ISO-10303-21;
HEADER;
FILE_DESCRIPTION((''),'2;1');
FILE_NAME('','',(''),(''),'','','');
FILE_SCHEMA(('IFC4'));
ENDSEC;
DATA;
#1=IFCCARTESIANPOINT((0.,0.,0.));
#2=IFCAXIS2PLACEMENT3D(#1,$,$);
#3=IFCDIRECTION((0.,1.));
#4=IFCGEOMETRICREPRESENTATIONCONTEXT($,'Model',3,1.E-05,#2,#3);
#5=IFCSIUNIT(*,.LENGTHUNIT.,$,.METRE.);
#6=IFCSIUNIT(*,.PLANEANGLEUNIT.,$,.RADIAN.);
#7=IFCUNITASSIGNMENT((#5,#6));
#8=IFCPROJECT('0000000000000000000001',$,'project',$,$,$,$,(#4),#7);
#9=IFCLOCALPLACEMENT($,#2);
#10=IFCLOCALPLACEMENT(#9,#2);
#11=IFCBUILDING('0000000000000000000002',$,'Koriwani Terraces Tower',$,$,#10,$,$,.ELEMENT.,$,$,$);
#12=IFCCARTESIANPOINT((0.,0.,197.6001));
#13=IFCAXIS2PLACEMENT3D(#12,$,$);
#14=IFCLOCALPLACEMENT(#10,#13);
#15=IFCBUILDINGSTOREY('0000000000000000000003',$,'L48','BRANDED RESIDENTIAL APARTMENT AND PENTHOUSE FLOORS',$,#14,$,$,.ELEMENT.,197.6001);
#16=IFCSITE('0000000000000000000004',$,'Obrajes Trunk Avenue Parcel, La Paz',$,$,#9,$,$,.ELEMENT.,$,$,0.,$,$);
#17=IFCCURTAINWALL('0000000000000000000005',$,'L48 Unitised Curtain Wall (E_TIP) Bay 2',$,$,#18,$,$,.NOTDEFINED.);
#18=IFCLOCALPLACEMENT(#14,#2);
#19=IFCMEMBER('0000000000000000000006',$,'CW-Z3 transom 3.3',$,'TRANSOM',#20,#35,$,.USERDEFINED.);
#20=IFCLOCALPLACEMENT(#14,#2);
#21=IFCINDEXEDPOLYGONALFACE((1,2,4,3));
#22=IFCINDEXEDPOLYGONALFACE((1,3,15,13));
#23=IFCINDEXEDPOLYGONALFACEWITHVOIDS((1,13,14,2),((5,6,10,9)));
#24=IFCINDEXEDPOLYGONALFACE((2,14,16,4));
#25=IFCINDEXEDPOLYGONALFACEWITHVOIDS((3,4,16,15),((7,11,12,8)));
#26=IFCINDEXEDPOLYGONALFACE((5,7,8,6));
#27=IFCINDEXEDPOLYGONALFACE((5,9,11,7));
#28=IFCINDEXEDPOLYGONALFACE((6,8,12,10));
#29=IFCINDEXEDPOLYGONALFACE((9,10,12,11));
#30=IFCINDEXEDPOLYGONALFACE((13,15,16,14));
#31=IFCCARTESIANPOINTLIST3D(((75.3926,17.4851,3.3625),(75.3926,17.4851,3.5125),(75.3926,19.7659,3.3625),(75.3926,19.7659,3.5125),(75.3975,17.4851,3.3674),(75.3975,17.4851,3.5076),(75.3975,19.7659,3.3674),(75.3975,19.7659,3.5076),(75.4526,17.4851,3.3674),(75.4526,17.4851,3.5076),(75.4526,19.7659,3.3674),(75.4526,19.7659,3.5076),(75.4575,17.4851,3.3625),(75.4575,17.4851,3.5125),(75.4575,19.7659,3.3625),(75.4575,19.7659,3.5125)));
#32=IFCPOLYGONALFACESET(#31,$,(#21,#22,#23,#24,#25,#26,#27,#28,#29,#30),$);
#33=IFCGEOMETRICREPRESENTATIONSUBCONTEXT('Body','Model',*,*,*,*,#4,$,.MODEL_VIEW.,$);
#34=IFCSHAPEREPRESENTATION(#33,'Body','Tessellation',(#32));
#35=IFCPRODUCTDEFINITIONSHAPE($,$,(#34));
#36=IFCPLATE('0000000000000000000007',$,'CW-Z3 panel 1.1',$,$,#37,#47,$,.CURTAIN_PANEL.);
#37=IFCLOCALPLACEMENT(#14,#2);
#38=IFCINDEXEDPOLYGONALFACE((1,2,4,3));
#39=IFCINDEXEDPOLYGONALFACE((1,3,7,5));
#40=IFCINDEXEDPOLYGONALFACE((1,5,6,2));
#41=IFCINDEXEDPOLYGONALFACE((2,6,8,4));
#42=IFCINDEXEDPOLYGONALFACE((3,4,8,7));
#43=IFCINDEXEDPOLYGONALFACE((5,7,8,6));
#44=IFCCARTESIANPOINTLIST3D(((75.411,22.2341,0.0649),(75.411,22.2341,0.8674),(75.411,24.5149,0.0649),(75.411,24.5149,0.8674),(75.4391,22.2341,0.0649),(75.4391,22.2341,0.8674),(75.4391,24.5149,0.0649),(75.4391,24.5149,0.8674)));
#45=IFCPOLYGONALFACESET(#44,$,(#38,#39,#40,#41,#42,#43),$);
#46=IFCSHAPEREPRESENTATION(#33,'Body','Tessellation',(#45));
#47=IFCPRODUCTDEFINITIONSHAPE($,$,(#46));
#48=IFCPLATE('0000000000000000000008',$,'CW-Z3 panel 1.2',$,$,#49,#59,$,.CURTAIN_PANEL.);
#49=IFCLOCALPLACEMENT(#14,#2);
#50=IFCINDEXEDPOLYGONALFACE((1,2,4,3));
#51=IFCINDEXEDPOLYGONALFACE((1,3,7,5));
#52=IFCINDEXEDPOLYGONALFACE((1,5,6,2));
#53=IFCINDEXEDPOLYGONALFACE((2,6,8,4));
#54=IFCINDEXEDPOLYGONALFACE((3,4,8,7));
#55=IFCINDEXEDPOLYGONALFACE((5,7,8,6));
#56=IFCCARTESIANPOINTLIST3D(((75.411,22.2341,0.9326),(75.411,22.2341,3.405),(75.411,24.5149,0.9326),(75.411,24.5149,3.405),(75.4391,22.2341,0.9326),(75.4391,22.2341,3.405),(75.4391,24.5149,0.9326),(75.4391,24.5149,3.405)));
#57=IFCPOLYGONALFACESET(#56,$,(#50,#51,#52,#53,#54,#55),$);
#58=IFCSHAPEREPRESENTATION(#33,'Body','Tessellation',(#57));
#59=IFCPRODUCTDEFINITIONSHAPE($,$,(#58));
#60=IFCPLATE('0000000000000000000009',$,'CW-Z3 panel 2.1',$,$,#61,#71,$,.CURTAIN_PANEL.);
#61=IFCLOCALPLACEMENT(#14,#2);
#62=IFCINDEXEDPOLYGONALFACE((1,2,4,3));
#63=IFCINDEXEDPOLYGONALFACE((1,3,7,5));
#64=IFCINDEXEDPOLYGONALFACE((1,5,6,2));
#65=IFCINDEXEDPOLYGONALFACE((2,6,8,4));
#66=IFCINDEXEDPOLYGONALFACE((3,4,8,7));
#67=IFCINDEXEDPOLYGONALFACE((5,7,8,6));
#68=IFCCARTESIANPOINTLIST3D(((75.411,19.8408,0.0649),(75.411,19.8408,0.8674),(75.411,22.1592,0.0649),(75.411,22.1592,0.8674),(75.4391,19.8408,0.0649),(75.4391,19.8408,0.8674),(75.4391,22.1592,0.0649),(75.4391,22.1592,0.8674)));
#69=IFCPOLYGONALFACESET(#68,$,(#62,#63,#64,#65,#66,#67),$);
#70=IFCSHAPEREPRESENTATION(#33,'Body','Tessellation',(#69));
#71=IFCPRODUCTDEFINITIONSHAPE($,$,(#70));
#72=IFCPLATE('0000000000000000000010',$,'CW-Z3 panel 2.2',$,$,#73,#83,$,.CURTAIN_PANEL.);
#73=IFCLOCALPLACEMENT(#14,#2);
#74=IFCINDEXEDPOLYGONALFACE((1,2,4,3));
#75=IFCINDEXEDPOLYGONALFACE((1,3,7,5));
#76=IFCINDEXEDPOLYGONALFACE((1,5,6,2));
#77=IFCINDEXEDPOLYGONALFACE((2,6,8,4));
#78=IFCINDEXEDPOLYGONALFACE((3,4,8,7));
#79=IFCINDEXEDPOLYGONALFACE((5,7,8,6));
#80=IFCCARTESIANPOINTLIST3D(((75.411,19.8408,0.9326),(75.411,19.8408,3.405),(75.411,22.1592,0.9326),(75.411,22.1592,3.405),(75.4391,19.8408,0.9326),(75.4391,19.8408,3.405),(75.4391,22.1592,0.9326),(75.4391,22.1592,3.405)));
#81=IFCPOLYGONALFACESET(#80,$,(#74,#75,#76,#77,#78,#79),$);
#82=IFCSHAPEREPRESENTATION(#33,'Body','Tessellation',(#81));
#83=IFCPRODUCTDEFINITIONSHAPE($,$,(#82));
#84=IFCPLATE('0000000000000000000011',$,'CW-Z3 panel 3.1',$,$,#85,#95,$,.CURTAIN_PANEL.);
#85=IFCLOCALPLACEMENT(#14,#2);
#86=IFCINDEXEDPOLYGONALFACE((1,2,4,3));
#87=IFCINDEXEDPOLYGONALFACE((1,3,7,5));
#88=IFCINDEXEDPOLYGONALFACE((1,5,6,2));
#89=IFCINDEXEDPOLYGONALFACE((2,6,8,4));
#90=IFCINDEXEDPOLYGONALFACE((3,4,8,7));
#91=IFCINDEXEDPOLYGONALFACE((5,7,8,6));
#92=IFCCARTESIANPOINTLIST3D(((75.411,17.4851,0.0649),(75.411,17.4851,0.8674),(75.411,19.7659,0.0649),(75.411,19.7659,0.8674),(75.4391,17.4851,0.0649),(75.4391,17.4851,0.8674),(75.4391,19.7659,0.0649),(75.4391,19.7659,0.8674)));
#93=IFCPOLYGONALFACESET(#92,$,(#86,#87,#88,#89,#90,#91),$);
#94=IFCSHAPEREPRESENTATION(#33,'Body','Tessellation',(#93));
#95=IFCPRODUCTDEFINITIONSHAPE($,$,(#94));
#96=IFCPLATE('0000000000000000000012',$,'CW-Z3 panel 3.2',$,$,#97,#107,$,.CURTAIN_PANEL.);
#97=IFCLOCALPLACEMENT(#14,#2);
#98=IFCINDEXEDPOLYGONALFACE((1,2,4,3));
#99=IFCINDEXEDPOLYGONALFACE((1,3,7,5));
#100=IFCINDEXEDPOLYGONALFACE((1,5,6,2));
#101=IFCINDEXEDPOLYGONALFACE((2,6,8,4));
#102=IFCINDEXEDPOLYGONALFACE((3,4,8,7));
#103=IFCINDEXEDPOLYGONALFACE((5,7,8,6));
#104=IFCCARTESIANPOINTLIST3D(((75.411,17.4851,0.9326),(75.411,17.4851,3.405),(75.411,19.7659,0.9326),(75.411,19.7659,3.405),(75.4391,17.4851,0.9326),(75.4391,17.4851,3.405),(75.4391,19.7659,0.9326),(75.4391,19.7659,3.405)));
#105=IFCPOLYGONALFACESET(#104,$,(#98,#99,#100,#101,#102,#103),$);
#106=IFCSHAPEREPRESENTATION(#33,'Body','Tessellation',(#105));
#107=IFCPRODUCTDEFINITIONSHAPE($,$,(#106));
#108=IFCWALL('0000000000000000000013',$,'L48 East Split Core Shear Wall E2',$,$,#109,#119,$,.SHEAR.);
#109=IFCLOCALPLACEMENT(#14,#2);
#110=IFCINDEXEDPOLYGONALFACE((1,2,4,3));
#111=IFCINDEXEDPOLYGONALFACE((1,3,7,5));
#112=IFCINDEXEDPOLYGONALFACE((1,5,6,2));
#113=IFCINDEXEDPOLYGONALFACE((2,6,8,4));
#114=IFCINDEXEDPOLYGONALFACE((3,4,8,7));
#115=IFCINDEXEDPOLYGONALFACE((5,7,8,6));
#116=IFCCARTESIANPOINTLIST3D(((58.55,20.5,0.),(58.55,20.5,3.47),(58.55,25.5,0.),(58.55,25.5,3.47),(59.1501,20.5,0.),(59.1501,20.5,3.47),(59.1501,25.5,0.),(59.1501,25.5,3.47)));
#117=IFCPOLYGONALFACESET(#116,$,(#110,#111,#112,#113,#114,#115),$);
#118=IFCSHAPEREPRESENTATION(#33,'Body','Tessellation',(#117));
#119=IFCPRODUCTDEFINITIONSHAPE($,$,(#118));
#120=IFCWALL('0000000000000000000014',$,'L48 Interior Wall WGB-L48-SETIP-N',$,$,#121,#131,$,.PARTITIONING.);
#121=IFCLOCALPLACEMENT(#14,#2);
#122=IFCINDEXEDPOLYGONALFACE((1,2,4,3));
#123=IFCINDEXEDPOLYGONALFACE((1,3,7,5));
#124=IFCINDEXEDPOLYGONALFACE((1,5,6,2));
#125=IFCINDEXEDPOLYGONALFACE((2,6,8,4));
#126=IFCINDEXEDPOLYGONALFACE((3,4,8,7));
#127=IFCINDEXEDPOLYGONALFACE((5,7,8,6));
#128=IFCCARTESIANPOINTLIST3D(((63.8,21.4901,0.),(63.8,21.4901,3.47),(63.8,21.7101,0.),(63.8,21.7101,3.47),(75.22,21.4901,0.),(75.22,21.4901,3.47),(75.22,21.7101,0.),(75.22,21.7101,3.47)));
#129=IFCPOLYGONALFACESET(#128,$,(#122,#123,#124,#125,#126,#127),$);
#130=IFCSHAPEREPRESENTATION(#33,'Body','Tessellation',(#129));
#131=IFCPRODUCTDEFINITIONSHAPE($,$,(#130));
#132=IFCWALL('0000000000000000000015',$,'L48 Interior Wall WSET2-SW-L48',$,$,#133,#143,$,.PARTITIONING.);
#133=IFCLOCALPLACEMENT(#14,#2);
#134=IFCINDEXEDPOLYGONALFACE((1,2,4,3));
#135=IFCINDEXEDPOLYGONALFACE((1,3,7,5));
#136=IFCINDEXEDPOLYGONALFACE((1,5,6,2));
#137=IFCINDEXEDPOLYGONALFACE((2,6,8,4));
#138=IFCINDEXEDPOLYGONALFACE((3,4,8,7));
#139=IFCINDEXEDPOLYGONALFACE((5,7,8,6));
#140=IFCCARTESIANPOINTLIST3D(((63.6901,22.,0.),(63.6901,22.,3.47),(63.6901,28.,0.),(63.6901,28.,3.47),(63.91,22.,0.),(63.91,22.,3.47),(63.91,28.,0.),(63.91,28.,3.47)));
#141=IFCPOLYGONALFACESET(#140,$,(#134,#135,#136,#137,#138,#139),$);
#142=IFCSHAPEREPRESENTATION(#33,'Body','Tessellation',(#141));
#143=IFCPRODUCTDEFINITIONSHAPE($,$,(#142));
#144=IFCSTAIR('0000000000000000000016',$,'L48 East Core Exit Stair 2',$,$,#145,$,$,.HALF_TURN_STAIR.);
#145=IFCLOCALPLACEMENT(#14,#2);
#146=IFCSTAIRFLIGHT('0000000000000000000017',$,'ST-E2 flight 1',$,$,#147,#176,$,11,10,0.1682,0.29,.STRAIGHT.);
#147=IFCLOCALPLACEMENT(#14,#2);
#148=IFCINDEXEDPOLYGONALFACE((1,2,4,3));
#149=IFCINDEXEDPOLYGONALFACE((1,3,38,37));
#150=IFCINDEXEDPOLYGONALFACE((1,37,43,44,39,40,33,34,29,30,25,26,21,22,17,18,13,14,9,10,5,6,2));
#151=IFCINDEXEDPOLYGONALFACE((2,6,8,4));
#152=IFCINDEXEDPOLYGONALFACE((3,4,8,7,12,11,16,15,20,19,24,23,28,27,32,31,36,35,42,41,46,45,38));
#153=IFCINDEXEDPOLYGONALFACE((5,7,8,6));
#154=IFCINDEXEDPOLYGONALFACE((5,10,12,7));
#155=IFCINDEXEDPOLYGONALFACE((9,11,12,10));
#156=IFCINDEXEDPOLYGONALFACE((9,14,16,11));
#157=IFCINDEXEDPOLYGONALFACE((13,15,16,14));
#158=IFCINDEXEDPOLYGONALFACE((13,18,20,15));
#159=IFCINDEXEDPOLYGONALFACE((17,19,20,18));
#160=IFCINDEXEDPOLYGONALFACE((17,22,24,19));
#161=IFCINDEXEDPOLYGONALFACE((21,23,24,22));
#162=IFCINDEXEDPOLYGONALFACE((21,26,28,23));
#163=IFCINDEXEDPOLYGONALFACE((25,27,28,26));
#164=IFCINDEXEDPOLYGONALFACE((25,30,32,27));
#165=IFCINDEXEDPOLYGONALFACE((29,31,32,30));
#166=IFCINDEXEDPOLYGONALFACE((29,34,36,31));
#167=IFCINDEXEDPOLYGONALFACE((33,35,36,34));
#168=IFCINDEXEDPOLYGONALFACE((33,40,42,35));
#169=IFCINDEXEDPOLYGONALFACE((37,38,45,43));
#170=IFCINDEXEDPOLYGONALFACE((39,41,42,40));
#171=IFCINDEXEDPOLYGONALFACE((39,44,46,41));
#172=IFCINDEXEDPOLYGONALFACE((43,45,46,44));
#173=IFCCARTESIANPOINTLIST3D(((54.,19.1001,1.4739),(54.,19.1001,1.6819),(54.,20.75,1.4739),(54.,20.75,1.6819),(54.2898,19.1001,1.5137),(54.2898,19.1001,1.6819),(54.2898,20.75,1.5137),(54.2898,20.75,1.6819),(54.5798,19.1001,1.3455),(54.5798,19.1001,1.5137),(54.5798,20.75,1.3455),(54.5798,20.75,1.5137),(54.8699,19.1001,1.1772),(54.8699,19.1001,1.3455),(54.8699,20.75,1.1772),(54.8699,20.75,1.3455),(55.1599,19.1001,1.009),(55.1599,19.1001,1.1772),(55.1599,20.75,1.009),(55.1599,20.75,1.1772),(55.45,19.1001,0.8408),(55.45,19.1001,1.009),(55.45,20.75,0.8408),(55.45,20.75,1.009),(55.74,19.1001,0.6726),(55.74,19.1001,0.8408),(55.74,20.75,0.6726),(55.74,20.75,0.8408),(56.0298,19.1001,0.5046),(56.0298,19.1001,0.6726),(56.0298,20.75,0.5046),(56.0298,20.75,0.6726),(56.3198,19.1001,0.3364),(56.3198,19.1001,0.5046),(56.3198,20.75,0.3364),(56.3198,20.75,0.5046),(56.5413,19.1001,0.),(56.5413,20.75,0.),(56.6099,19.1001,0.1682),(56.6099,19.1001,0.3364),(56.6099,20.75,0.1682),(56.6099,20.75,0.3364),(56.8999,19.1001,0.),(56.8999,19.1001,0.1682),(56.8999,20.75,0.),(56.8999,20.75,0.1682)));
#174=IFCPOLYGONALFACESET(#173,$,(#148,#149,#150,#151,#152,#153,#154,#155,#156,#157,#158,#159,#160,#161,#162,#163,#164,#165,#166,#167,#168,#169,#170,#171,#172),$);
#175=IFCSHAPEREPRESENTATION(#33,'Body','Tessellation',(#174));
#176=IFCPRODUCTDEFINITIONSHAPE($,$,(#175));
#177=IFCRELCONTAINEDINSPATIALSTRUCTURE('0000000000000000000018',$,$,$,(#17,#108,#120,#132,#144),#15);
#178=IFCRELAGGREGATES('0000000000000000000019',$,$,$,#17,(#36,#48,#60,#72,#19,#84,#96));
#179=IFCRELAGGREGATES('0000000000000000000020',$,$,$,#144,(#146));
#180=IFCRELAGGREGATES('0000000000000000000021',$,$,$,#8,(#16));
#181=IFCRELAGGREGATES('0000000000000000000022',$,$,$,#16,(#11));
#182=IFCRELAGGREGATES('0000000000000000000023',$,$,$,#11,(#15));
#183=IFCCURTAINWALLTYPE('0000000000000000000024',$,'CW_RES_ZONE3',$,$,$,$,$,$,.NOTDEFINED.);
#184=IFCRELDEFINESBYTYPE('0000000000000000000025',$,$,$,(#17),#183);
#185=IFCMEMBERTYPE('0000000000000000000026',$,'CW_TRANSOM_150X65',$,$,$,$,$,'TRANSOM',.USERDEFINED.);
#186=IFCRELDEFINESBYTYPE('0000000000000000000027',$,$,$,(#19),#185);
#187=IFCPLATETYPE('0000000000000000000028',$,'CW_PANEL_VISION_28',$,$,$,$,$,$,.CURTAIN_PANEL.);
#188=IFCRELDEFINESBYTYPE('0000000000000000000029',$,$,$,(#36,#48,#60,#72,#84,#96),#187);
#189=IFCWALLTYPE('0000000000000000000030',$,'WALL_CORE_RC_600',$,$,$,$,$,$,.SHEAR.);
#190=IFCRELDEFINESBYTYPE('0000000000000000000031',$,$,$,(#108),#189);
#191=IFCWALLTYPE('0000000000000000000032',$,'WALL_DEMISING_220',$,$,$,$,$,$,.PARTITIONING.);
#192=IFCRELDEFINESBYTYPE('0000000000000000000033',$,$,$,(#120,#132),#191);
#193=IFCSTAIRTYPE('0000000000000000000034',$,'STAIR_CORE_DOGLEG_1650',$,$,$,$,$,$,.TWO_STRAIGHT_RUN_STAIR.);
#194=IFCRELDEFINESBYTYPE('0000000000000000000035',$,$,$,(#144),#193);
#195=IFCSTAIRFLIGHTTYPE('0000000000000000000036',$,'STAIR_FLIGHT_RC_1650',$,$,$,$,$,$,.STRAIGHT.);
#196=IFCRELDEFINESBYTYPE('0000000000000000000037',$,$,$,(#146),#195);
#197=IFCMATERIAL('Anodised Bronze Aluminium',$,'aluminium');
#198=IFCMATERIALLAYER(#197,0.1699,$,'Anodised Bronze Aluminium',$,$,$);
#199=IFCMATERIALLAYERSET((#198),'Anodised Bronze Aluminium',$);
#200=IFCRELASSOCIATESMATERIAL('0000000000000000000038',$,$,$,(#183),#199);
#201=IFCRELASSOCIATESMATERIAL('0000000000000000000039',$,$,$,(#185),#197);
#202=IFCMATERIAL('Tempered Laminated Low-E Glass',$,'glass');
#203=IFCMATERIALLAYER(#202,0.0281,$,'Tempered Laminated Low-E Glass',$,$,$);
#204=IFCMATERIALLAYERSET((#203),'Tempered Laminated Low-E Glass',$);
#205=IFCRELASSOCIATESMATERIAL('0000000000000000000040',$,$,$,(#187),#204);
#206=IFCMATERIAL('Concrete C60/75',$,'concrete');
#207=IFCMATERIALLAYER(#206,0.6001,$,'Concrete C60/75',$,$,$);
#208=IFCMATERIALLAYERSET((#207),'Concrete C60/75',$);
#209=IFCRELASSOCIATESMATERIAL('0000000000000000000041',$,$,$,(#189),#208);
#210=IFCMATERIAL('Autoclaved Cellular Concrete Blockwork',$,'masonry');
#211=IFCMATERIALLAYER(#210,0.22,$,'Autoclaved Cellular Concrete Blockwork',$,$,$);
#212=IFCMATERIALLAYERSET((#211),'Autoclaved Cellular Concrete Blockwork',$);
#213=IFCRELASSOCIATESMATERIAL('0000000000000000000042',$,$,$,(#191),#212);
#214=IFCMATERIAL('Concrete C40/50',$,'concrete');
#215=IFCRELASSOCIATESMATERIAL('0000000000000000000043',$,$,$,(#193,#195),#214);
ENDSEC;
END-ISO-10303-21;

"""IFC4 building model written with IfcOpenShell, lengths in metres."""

from ifc_helpers import new_model, si_unit, direction, frame, frame_2d, origin, origin_2d, place, context, subcontext, project, spatial, polyline, rectangle, hollow_rectangle, outline, extrude, material, layer, layer_set, material_profile, profile_set, type_object, element, aggregate, save


model = new_model("IFC4")

# Units and contexts
model_context = context("Model", 3, precision=1e-05, world=origin(), true_north=direction((0.0, 1.0)))
body_context = subcontext(model_context, "Body", "Model", "MODEL_VIEW")
ifc_project = project(units=[si_unit("LENGTHUNIT", "METRE"), si_unit("PLANEANGLEUNIT", "RADIAN")], contexts=[model_context])

# Site, building, storey
site_placement = place(None, origin())
site = spatial("IfcSite", under=ifc_project, at=site_placement, Name="Obrajes Trunk Avenue Parcel, La Paz", CompositionType="ELEMENT", RefElevation=0.0)
building_placement = place(site_placement, origin())
building = spatial("IfcBuilding", under=site, at=building_placement, Name="Koriwani Terraces Tower", CompositionType="ELEMENT")
storey_placement = place(building_placement, frame((0.0, 0.0, 197.6001)))
storey = spatial("IfcBuildingStorey", under=building, at=storey_placement, Name="L48", Description="BRANDED RESIDENTIAL APARTMENT AND PENTHOUSE FLOORS", CompositionType="ELEMENT", Elevation=197.6001)

# Curtain wall, member, plates
ifc_material_1 = material(Name="Anodised Bronze Aluminium", Category="aluminium")
ifc_layer_1 = layer(ifc_material_1, 0.1699, Name="Anodised Bronze Aluminium")
ifc_layer_set_1 = layer_set([ifc_layer_1], Name="Anodised Bronze Aluminium")
curtain_wall_type = type_object("IfcCurtainWallType", Name="CW_RES_ZONE3", PredefinedType="NOTDEFINED", material=ifc_layer_set_1)
curtain_wall_placement = place(storey_placement, origin())
curtain_wall = element("IfcCurtainWall", 1, at=curtain_wall_placement, inside=storey, type_object=curtain_wall_type, Name="L48 Unitised Curtain Wall (E_TIP) Bay 2", PredefinedType="NOTDEFINED")
ifc_material_profile_1 = material_profile(ifc_material_1, hollow_rectangle(XDim=0.0649, YDim=0.1499, WallThickness=0.0049, at=origin_2d()), Name="Anodised Bronze Aluminium", Category="LoadBearing")
ifc_profile_set_1 = profile_set([ifc_material_profile_1], Name="Anodised Bronze Aluminium")
member_type_1 = type_object("IfcMemberType", Name="CW_TRANSOM_150X65", ElementType="TRANSOM", PredefinedType="USERDEFINED", material=ifc_profile_set_1)
member_1_placement = place(storey_placement, frame((75.425, 19.7659, 3.4375), z_axis=(0.0, -1.0, 0.0), x_axis=(1.0, 0.0, 0.0)))
member_1 = element("IfcMember", 2, at=member_1_placement, type_object=member_type_1, Name="CW-Z3 transom 3.3", ObjectType="TRANSOM", PredefinedType="USERDEFINED", context=body_context, shape_type="SweptSolid", body=[
    extrude(hollow_rectangle(XDim=0.0649, YDim=0.1499, WallThickness=0.0049, at=origin_2d()), origin(), (0.0, 0.0, 1.0), 2.2808),
])
ifc_material_2 = material(Name="Tempered Laminated Low-E Glass", Category="glass")
ifc_layer_2 = layer(ifc_material_2, 0.0281, Name="Tempered Laminated Low-E Glass")
ifc_layer_set_2 = layer_set([ifc_layer_2], Name="Tempered Laminated Low-E Glass")
plate_type = type_object("IfcPlateType", Name="CW_PANEL_VISION_28", PredefinedType="CURTAIN_PANEL", material=ifc_layer_set_2)
plate_1_placement = place(storey_placement, frame((75.425, 23.3745, 0.0649), z_axis=(0.0, 0.0, 1.0), x_axis=(0.0, -1.0, 0.0)))
plate_1 = element("IfcPlate", 3, at=plate_1_placement, type_object=plate_type, Name="CW-Z3 panel 1.1", PredefinedType="CURTAIN_PANEL", context=body_context, shape_type="SweptSolid", body=[
    extrude(rectangle(XDim=2.2808, YDim=0.0281, at=origin_2d()), origin(), (0.0, 0.0, 1.0), 0.8025),
])
plate_2_placement = place(storey_placement, frame((75.425, 23.3745, 0.9326), z_axis=(0.0, 0.0, 1.0), x_axis=(0.0, -1.0, 0.0)))
plate_2 = element("IfcPlate", 4, at=plate_2_placement, type_object=plate_type, Name="CW-Z3 panel 1.2", PredefinedType="CURTAIN_PANEL", context=body_context, shape_type="SweptSolid", body=[
    extrude(rectangle(XDim=2.2808, YDim=0.0281, at=origin_2d()), origin(), (0.0, 0.0, 1.0), 2.4724),
])
plate_3_placement = place(storey_placement, frame((75.425, 21.0, 0.0649), z_axis=(0.0, 0.0, 1.0), x_axis=(0.0, -1.0, 0.0)))
plate_3 = element("IfcPlate", 5, at=plate_3_placement, type_object=plate_type, Name="CW-Z3 panel 2.1", PredefinedType="CURTAIN_PANEL", context=body_context, shape_type="SweptSolid", body=[
    extrude(rectangle(XDim=2.3184, YDim=0.0281, at=origin_2d()), origin(), (0.0, 0.0, 1.0), 0.8025),
])
plate_4_placement = place(storey_placement, frame((75.425, 21.0, 0.9326), z_axis=(0.0, 0.0, 1.0), x_axis=(0.0, -1.0, 0.0)))
plate_4 = element("IfcPlate", 6, at=plate_4_placement, type_object=plate_type, Name="CW-Z3 panel 2.2", PredefinedType="CURTAIN_PANEL", context=body_context, shape_type="SweptSolid", body=[
    extrude(rectangle(XDim=2.3184, YDim=0.0281, at=origin_2d()), origin(), (0.0, 0.0, 1.0), 2.4724),
])
plate_5_placement = place(storey_placement, frame((75.425, 18.6255, 0.0649), z_axis=(0.0, 0.0, 1.0), x_axis=(0.0, -1.0, 0.0)))
plate_5 = element("IfcPlate", 7, at=plate_5_placement, type_object=plate_type, Name="CW-Z3 panel 3.1", PredefinedType="CURTAIN_PANEL", context=body_context, shape_type="SweptSolid", body=[
    extrude(rectangle(XDim=2.2808, YDim=0.0281, at=origin_2d()), origin(), (0.0, 0.0, 1.0), 0.8025),
])
plate_6_placement = place(storey_placement, frame((75.425, 18.6255, 0.9326), z_axis=(0.0, 0.0, 1.0), x_axis=(0.0, -1.0, 0.0)))
plate_6 = element("IfcPlate", 8, at=plate_6_placement, type_object=plate_type, Name="CW-Z3 panel 3.2", PredefinedType="CURTAIN_PANEL", context=body_context, shape_type="SweptSolid", body=[
    extrude(rectangle(XDim=2.2808, YDim=0.0281, at=origin_2d()), origin(), (0.0, 0.0, 1.0), 2.4724),
])
aggregate(curtain_wall, [plate_1, plate_2, plate_3, plate_4, member_1, plate_5, plate_6])

# Walls
ifc_material_3 = material(Name="Concrete C60/75", Category="concrete")
ifc_layer_3 = layer(ifc_material_3, 0.6001, Name="Concrete C60/75")
ifc_layer_set_3 = layer_set([ifc_layer_3], Name="Concrete C60/75")
wall_type_1 = type_object("IfcWallType", Name="WALL_CORE_RC_600", PredefinedType="SHEAR", material=ifc_layer_set_3)
wall_1_placement = place(storey_placement, frame((58.8501, 20.5, 0.0), z_axis=(0.0, 0.0, 1.0), x_axis=(0.0, 1.0, 0.0)))
element("IfcWall", 9, at=wall_1_placement, inside=storey, type_object=wall_type_1, Name="L48 East Split Core Shear Wall E2", PredefinedType="SHEAR", context=body_context, shape_type="SweptSolid", body=[
    extrude(rectangle(XDim=5.0, YDim=0.6001, at=frame_2d((2.5, 0.0))), origin(), (0.0, 0.0, 1.0), 3.47),
])
ifc_material_4 = material(Name="Autoclaved Cellular Concrete Blockwork", Category="masonry")
ifc_layer_4 = layer(ifc_material_4, 0.22, Name="Autoclaved Cellular Concrete Blockwork")
ifc_layer_set_4 = layer_set([ifc_layer_4], Name="Autoclaved Cellular Concrete Blockwork")
wall_type_2 = type_object("IfcWallType", Name="WALL_DEMISING_220", PredefinedType="PARTITIONING", material=ifc_layer_set_4)
wall_2_placement = place(storey_placement, frame((63.8, 21.6001, 0.0), z_axis=(0.0, 0.0, 1.0), x_axis=(1.0, 0.0, 0.0)))
element("IfcWall", 10, at=wall_2_placement, inside=storey, type_object=wall_type_2, Name="L48 Interior Wall WGB-L48-SETIP-N", PredefinedType="PARTITIONING", context=body_context, shape_type="SweptSolid", body=[
    extrude(rectangle(XDim=11.4199, YDim=0.22, at=frame_2d((5.71, 0.0))), origin(), (0.0, 0.0, 1.0), 3.47),
])
wall_3_placement = place(storey_placement, frame((63.8, 22.0, 0.0), z_axis=(0.0, 0.0, 1.0), x_axis=(0.0, 1.0, 0.0)))
element("IfcWall", 11, at=wall_3_placement, inside=storey, type_object=wall_type_2, Name="L48 Interior Wall WSET2-SW-L48", PredefinedType="PARTITIONING", context=body_context, shape_type="SweptSolid", body=[
    extrude(rectangle(XDim=6.0, YDim=0.22, at=frame_2d((3.0, 0.0))), origin(), (0.0, 0.0, 1.0), 3.47),
])

# Shared definitions
ifc_material_5 = material(Name="Concrete C40/50", Category="concrete")

# Stair, stair flight
stair_type = type_object("IfcStairType", Name="STAIR_CORE_DOGLEG_1650", PredefinedType="TWO_STRAIGHT_RUN_STAIR", material=ifc_material_5)
stair_placement = place(storey_placement, origin())
stair = element("IfcStair", 12, at=stair_placement, inside=storey, type_object=stair_type, Name="L48 East Core Exit Stair 2", PredefinedType="HALF_TURN_STAIR")
stair_flight_type = type_object("IfcStairFlightType", Name="STAIR_FLIGHT_RC_1650", PredefinedType="STRAIGHT", material=ifc_material_5)
stair_flight_placement = place(storey_placement, frame((56.8999, 19.925, 0.0), z_axis=(0.0, 0.0, 1.0), x_axis=(-1.0, 0.0, 0.0)))
stair_flight = element("IfcStairFlight", 13, at=stair_flight_placement, type_object=stair_flight_type, Name="ST-E2 flight 1", NumberOfRisers=11, NumberOfTreads=10, PredefinedType="STRAIGHT", RiserHeight=0.1682, TreadLength=0.29, context=body_context, shape_type="SweptSolid", body=[
    extrude(outline(polyline([(0.0, 0.0), (0.0, 0.1682), (0.29, 0.1682), (0.29, 0.3364), (0.5801, 0.3364), (0.5801, 0.5046), (0.8701, 0.5046), (0.8701, 0.6726), (1.1599, 0.6726), (1.1599, 0.8408), (1.45, 0.8408), (1.45, 1.009), (1.74, 1.009), (1.74, 1.1772), (2.03, 1.1772), (2.03, 1.3455), (2.3201, 1.3455), (2.3201, 1.5137), (2.6101, 1.5137), (2.6101, 1.6819), (2.8999, 1.6819), (2.8999, 1.8501), (2.8999, 1.4739), (0.3586, 0.0), (0.0, 0.0)])), frame((0.0, 0.825, 0.0), z_axis=(0.0, -1.0, 0.0), x_axis=(1.0, 0.0, 0.0)), (0.0, 0.0, 1.0), 1.6499),
])
aggregate(stair, [stair_flight])

save(model, "model.ifc")
